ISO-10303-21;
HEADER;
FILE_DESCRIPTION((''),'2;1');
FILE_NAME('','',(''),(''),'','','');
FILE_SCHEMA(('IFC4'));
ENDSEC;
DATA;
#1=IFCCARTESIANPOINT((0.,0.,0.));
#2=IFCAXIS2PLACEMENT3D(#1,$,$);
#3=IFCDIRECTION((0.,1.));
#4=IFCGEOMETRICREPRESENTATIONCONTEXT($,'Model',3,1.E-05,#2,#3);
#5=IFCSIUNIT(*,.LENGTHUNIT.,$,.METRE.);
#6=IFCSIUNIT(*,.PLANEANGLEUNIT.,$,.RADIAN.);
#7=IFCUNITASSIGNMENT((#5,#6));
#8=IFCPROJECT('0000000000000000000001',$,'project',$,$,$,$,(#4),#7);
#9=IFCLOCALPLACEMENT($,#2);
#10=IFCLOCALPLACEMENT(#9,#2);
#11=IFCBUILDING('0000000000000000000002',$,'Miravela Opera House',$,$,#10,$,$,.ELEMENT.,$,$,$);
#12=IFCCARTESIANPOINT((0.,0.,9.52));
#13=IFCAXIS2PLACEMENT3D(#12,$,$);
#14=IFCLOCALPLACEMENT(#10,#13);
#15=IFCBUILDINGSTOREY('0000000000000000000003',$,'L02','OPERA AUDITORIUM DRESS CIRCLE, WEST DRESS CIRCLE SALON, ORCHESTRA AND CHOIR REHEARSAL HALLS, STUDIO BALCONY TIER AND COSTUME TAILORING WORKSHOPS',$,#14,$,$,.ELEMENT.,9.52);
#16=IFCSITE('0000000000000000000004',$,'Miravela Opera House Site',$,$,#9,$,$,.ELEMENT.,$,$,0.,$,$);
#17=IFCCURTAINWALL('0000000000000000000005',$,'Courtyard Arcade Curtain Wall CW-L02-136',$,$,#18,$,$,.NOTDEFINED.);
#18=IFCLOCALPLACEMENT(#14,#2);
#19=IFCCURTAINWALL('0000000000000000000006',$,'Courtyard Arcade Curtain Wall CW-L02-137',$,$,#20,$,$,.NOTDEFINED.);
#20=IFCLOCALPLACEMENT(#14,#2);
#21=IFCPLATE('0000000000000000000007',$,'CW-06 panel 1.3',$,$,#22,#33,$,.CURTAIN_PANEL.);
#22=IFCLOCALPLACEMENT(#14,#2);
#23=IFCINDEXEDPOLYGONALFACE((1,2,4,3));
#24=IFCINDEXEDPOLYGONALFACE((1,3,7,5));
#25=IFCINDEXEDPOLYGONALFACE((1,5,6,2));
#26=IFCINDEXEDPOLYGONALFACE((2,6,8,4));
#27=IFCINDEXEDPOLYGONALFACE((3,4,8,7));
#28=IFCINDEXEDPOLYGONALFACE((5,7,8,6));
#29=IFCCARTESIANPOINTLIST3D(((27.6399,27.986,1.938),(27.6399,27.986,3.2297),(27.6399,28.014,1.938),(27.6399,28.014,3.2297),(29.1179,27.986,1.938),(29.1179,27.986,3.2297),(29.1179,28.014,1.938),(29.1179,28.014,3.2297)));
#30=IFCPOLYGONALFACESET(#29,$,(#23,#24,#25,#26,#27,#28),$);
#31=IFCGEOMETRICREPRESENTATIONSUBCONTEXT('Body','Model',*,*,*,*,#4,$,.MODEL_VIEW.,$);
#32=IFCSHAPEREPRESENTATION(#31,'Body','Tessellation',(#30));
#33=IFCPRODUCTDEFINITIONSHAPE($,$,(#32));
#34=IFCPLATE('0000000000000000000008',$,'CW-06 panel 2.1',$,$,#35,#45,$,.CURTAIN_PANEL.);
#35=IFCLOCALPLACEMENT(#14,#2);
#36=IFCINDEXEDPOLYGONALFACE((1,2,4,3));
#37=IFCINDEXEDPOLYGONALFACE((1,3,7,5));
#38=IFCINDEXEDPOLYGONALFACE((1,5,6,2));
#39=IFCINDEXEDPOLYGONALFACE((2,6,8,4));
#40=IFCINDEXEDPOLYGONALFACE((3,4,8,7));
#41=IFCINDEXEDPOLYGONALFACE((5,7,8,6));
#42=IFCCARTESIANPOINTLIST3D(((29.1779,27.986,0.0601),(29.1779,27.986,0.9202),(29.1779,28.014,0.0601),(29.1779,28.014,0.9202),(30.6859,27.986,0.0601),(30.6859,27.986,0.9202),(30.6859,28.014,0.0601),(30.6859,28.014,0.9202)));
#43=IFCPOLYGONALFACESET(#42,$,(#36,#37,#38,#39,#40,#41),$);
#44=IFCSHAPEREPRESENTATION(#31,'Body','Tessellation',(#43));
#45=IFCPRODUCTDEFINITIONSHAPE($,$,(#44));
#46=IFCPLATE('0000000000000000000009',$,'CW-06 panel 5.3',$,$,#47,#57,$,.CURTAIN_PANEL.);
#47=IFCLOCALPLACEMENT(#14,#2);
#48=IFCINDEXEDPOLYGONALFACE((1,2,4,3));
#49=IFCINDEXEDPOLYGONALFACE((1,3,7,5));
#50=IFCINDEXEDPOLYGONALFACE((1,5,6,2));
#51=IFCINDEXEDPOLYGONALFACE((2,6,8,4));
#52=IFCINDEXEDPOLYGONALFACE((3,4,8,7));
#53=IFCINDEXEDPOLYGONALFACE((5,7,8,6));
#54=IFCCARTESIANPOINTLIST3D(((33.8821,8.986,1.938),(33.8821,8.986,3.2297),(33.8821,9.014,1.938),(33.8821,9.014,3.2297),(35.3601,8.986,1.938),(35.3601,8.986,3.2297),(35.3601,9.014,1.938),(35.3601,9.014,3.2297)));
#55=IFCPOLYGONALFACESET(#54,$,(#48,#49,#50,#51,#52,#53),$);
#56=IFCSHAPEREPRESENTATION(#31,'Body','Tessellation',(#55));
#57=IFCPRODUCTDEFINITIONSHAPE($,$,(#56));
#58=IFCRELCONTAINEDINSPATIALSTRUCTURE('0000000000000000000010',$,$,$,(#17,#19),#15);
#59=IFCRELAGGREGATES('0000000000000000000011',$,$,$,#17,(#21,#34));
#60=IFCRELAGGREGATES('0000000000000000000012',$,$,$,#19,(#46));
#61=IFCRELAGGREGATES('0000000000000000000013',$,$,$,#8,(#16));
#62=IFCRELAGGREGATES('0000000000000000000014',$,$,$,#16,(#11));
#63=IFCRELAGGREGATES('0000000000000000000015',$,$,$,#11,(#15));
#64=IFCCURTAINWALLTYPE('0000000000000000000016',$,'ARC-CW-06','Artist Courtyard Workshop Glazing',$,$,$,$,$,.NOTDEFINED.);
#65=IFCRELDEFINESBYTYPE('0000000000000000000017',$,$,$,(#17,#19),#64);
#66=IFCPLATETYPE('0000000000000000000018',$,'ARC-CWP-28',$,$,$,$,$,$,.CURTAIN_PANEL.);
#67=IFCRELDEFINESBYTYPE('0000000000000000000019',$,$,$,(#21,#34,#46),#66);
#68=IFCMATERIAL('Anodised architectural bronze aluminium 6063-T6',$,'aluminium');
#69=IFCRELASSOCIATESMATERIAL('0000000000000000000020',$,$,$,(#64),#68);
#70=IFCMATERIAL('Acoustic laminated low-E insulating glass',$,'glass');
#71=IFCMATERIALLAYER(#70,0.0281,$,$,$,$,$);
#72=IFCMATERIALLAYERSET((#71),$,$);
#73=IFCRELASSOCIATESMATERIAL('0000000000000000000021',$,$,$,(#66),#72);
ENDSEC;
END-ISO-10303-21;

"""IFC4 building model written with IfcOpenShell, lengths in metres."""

from ifc_helpers import new_model, si_unit, direction, frame, origin, origin_2d, place, context, subcontext, project, spatial, rectangle, extrude, material, layer, layer_set, type_object, element, aggregate, save


model = new_model("IFC4")

# Units and contexts
model_context = context("Model", 3, precision=1e-05, world=origin(), true_north=direction((0.0, 1.0)))
body_context = subcontext(model_context, "Body", "Model", "MODEL_VIEW")
ifc_project = project(units=[si_unit("LENGTHUNIT", "METRE"), si_unit("PLANEANGLEUNIT", "RADIAN")], contexts=[model_context])

# Site, building, storey
site_placement = place(None, origin())
site = spatial("IfcSite", under=ifc_project, at=site_placement, Name="Miravela Opera House Site", CompositionType="ELEMENT", RefElevation=0.0)
building_placement = place(site_placement, origin())
building = spatial("IfcBuilding", under=site, at=building_placement, Name="Miravela Opera House", CompositionType="ELEMENT")
storey_placement = place(building_placement, frame((0.0, 0.0, 9.52)))
storey = spatial("IfcBuildingStorey", under=building, at=storey_placement, Name="L02", Description="OPERA AUDITORIUM DRESS CIRCLE, WEST DRESS CIRCLE SALON, ORCHESTRA AND CHOIR REHEARSAL HALLS, STUDIO BALCONY TIER AND COSTUME TAILORING WORKSHOPS", CompositionType="ELEMENT", Elevation=9.52)

# Curtain wall
ifc_material_1 = material(Name="Anodised architectural bronze aluminium 6063-T6", Category="aluminium")
curtain_wall_type = type_object("IfcCurtainWallType", Name="ARC-CW-06", Description="Artist Courtyard Workshop Glazing", PredefinedType="NOTDEFINED", material=ifc_material_1)
curtain_wall_1_placement = place(storey_placement, origin())
curtain_wall_1 = element("IfcCurtainWall", 1, at=curtain_wall_1_placement, inside=storey, type_object=curtain_wall_type, Name="Courtyard Arcade Curtain Wall CW-L02-136", PredefinedType="NOTDEFINED")

# Curtain wall
curtain_wall_2_placement = place(storey_placement, origin())
curtain_wall_2 = element("IfcCurtainWall", 2, at=curtain_wall_2_placement, inside=storey, type_object=curtain_wall_type, Name="Courtyard Arcade Curtain Wall CW-L02-137", PredefinedType="NOTDEFINED")

# Plates
ifc_material_2 = material(Name="Acoustic laminated low-E insulating glass", Category="glass")
ifc_layer = layer(ifc_material_2, 0.0281)
ifc_layer_set = layer_set([ifc_layer])
plate_type = type_object("IfcPlateType", Name="ARC-CWP-28", PredefinedType="CURTAIN_PANEL", material=ifc_layer_set)
plate_1_placement = place(storey_placement, frame((28.3789, 28.0, 1.938), z_axis=(0.0, 0.0, 1.0), x_axis=(1.0, 0.0, 0.0)))
plate_1 = element("IfcPlate", 3, at=plate_1_placement, type_object=plate_type, Name="CW-06 panel 1.3", PredefinedType="CURTAIN_PANEL", context=body_context, shape_type="SweptSolid", body=[
    extrude(rectangle(XDim=1.478, YDim=0.0281, at=origin_2d()), origin(), (0.0, 0.0, 1.0), 1.2917),
])
plate_2_placement = place(storey_placement, frame((29.9319, 28.0, 0.0601), z_axis=(0.0, 0.0, 1.0), x_axis=(1.0, 0.0, 0.0)))
plate_2 = element("IfcPlate", 4, at=plate_2_placement, type_object=plate_type, Name="CW-06 panel 2.1", PredefinedType="CURTAIN_PANEL", context=body_context, shape_type="SweptSolid", body=[
    extrude(rectangle(XDim=1.5081, YDim=0.0281, at=origin_2d()), origin(), (0.0, 0.0, 1.0), 0.8601),
])
aggregate(curtain_wall_1, [plate_1, plate_2])
plate_3_placement = place(storey_placement, frame((34.6211, 9.0, 1.938), z_axis=(0.0, 0.0, 1.0), x_axis=(1.0, 0.0, 0.0)))
plate_3 = element("IfcPlate", 5, at=plate_3_placement, type_object=plate_type, Name="CW-06 panel 5.3", PredefinedType="CURTAIN_PANEL", context=body_context, shape_type="SweptSolid", body=[
    extrude(rectangle(XDim=1.478, YDim=0.0281, at=origin_2d()), origin(), (0.0, 0.0, 1.0), 1.2917),
])
aggregate(curtain_wall_2, [plate_3])

save(model, "model.ifc")
